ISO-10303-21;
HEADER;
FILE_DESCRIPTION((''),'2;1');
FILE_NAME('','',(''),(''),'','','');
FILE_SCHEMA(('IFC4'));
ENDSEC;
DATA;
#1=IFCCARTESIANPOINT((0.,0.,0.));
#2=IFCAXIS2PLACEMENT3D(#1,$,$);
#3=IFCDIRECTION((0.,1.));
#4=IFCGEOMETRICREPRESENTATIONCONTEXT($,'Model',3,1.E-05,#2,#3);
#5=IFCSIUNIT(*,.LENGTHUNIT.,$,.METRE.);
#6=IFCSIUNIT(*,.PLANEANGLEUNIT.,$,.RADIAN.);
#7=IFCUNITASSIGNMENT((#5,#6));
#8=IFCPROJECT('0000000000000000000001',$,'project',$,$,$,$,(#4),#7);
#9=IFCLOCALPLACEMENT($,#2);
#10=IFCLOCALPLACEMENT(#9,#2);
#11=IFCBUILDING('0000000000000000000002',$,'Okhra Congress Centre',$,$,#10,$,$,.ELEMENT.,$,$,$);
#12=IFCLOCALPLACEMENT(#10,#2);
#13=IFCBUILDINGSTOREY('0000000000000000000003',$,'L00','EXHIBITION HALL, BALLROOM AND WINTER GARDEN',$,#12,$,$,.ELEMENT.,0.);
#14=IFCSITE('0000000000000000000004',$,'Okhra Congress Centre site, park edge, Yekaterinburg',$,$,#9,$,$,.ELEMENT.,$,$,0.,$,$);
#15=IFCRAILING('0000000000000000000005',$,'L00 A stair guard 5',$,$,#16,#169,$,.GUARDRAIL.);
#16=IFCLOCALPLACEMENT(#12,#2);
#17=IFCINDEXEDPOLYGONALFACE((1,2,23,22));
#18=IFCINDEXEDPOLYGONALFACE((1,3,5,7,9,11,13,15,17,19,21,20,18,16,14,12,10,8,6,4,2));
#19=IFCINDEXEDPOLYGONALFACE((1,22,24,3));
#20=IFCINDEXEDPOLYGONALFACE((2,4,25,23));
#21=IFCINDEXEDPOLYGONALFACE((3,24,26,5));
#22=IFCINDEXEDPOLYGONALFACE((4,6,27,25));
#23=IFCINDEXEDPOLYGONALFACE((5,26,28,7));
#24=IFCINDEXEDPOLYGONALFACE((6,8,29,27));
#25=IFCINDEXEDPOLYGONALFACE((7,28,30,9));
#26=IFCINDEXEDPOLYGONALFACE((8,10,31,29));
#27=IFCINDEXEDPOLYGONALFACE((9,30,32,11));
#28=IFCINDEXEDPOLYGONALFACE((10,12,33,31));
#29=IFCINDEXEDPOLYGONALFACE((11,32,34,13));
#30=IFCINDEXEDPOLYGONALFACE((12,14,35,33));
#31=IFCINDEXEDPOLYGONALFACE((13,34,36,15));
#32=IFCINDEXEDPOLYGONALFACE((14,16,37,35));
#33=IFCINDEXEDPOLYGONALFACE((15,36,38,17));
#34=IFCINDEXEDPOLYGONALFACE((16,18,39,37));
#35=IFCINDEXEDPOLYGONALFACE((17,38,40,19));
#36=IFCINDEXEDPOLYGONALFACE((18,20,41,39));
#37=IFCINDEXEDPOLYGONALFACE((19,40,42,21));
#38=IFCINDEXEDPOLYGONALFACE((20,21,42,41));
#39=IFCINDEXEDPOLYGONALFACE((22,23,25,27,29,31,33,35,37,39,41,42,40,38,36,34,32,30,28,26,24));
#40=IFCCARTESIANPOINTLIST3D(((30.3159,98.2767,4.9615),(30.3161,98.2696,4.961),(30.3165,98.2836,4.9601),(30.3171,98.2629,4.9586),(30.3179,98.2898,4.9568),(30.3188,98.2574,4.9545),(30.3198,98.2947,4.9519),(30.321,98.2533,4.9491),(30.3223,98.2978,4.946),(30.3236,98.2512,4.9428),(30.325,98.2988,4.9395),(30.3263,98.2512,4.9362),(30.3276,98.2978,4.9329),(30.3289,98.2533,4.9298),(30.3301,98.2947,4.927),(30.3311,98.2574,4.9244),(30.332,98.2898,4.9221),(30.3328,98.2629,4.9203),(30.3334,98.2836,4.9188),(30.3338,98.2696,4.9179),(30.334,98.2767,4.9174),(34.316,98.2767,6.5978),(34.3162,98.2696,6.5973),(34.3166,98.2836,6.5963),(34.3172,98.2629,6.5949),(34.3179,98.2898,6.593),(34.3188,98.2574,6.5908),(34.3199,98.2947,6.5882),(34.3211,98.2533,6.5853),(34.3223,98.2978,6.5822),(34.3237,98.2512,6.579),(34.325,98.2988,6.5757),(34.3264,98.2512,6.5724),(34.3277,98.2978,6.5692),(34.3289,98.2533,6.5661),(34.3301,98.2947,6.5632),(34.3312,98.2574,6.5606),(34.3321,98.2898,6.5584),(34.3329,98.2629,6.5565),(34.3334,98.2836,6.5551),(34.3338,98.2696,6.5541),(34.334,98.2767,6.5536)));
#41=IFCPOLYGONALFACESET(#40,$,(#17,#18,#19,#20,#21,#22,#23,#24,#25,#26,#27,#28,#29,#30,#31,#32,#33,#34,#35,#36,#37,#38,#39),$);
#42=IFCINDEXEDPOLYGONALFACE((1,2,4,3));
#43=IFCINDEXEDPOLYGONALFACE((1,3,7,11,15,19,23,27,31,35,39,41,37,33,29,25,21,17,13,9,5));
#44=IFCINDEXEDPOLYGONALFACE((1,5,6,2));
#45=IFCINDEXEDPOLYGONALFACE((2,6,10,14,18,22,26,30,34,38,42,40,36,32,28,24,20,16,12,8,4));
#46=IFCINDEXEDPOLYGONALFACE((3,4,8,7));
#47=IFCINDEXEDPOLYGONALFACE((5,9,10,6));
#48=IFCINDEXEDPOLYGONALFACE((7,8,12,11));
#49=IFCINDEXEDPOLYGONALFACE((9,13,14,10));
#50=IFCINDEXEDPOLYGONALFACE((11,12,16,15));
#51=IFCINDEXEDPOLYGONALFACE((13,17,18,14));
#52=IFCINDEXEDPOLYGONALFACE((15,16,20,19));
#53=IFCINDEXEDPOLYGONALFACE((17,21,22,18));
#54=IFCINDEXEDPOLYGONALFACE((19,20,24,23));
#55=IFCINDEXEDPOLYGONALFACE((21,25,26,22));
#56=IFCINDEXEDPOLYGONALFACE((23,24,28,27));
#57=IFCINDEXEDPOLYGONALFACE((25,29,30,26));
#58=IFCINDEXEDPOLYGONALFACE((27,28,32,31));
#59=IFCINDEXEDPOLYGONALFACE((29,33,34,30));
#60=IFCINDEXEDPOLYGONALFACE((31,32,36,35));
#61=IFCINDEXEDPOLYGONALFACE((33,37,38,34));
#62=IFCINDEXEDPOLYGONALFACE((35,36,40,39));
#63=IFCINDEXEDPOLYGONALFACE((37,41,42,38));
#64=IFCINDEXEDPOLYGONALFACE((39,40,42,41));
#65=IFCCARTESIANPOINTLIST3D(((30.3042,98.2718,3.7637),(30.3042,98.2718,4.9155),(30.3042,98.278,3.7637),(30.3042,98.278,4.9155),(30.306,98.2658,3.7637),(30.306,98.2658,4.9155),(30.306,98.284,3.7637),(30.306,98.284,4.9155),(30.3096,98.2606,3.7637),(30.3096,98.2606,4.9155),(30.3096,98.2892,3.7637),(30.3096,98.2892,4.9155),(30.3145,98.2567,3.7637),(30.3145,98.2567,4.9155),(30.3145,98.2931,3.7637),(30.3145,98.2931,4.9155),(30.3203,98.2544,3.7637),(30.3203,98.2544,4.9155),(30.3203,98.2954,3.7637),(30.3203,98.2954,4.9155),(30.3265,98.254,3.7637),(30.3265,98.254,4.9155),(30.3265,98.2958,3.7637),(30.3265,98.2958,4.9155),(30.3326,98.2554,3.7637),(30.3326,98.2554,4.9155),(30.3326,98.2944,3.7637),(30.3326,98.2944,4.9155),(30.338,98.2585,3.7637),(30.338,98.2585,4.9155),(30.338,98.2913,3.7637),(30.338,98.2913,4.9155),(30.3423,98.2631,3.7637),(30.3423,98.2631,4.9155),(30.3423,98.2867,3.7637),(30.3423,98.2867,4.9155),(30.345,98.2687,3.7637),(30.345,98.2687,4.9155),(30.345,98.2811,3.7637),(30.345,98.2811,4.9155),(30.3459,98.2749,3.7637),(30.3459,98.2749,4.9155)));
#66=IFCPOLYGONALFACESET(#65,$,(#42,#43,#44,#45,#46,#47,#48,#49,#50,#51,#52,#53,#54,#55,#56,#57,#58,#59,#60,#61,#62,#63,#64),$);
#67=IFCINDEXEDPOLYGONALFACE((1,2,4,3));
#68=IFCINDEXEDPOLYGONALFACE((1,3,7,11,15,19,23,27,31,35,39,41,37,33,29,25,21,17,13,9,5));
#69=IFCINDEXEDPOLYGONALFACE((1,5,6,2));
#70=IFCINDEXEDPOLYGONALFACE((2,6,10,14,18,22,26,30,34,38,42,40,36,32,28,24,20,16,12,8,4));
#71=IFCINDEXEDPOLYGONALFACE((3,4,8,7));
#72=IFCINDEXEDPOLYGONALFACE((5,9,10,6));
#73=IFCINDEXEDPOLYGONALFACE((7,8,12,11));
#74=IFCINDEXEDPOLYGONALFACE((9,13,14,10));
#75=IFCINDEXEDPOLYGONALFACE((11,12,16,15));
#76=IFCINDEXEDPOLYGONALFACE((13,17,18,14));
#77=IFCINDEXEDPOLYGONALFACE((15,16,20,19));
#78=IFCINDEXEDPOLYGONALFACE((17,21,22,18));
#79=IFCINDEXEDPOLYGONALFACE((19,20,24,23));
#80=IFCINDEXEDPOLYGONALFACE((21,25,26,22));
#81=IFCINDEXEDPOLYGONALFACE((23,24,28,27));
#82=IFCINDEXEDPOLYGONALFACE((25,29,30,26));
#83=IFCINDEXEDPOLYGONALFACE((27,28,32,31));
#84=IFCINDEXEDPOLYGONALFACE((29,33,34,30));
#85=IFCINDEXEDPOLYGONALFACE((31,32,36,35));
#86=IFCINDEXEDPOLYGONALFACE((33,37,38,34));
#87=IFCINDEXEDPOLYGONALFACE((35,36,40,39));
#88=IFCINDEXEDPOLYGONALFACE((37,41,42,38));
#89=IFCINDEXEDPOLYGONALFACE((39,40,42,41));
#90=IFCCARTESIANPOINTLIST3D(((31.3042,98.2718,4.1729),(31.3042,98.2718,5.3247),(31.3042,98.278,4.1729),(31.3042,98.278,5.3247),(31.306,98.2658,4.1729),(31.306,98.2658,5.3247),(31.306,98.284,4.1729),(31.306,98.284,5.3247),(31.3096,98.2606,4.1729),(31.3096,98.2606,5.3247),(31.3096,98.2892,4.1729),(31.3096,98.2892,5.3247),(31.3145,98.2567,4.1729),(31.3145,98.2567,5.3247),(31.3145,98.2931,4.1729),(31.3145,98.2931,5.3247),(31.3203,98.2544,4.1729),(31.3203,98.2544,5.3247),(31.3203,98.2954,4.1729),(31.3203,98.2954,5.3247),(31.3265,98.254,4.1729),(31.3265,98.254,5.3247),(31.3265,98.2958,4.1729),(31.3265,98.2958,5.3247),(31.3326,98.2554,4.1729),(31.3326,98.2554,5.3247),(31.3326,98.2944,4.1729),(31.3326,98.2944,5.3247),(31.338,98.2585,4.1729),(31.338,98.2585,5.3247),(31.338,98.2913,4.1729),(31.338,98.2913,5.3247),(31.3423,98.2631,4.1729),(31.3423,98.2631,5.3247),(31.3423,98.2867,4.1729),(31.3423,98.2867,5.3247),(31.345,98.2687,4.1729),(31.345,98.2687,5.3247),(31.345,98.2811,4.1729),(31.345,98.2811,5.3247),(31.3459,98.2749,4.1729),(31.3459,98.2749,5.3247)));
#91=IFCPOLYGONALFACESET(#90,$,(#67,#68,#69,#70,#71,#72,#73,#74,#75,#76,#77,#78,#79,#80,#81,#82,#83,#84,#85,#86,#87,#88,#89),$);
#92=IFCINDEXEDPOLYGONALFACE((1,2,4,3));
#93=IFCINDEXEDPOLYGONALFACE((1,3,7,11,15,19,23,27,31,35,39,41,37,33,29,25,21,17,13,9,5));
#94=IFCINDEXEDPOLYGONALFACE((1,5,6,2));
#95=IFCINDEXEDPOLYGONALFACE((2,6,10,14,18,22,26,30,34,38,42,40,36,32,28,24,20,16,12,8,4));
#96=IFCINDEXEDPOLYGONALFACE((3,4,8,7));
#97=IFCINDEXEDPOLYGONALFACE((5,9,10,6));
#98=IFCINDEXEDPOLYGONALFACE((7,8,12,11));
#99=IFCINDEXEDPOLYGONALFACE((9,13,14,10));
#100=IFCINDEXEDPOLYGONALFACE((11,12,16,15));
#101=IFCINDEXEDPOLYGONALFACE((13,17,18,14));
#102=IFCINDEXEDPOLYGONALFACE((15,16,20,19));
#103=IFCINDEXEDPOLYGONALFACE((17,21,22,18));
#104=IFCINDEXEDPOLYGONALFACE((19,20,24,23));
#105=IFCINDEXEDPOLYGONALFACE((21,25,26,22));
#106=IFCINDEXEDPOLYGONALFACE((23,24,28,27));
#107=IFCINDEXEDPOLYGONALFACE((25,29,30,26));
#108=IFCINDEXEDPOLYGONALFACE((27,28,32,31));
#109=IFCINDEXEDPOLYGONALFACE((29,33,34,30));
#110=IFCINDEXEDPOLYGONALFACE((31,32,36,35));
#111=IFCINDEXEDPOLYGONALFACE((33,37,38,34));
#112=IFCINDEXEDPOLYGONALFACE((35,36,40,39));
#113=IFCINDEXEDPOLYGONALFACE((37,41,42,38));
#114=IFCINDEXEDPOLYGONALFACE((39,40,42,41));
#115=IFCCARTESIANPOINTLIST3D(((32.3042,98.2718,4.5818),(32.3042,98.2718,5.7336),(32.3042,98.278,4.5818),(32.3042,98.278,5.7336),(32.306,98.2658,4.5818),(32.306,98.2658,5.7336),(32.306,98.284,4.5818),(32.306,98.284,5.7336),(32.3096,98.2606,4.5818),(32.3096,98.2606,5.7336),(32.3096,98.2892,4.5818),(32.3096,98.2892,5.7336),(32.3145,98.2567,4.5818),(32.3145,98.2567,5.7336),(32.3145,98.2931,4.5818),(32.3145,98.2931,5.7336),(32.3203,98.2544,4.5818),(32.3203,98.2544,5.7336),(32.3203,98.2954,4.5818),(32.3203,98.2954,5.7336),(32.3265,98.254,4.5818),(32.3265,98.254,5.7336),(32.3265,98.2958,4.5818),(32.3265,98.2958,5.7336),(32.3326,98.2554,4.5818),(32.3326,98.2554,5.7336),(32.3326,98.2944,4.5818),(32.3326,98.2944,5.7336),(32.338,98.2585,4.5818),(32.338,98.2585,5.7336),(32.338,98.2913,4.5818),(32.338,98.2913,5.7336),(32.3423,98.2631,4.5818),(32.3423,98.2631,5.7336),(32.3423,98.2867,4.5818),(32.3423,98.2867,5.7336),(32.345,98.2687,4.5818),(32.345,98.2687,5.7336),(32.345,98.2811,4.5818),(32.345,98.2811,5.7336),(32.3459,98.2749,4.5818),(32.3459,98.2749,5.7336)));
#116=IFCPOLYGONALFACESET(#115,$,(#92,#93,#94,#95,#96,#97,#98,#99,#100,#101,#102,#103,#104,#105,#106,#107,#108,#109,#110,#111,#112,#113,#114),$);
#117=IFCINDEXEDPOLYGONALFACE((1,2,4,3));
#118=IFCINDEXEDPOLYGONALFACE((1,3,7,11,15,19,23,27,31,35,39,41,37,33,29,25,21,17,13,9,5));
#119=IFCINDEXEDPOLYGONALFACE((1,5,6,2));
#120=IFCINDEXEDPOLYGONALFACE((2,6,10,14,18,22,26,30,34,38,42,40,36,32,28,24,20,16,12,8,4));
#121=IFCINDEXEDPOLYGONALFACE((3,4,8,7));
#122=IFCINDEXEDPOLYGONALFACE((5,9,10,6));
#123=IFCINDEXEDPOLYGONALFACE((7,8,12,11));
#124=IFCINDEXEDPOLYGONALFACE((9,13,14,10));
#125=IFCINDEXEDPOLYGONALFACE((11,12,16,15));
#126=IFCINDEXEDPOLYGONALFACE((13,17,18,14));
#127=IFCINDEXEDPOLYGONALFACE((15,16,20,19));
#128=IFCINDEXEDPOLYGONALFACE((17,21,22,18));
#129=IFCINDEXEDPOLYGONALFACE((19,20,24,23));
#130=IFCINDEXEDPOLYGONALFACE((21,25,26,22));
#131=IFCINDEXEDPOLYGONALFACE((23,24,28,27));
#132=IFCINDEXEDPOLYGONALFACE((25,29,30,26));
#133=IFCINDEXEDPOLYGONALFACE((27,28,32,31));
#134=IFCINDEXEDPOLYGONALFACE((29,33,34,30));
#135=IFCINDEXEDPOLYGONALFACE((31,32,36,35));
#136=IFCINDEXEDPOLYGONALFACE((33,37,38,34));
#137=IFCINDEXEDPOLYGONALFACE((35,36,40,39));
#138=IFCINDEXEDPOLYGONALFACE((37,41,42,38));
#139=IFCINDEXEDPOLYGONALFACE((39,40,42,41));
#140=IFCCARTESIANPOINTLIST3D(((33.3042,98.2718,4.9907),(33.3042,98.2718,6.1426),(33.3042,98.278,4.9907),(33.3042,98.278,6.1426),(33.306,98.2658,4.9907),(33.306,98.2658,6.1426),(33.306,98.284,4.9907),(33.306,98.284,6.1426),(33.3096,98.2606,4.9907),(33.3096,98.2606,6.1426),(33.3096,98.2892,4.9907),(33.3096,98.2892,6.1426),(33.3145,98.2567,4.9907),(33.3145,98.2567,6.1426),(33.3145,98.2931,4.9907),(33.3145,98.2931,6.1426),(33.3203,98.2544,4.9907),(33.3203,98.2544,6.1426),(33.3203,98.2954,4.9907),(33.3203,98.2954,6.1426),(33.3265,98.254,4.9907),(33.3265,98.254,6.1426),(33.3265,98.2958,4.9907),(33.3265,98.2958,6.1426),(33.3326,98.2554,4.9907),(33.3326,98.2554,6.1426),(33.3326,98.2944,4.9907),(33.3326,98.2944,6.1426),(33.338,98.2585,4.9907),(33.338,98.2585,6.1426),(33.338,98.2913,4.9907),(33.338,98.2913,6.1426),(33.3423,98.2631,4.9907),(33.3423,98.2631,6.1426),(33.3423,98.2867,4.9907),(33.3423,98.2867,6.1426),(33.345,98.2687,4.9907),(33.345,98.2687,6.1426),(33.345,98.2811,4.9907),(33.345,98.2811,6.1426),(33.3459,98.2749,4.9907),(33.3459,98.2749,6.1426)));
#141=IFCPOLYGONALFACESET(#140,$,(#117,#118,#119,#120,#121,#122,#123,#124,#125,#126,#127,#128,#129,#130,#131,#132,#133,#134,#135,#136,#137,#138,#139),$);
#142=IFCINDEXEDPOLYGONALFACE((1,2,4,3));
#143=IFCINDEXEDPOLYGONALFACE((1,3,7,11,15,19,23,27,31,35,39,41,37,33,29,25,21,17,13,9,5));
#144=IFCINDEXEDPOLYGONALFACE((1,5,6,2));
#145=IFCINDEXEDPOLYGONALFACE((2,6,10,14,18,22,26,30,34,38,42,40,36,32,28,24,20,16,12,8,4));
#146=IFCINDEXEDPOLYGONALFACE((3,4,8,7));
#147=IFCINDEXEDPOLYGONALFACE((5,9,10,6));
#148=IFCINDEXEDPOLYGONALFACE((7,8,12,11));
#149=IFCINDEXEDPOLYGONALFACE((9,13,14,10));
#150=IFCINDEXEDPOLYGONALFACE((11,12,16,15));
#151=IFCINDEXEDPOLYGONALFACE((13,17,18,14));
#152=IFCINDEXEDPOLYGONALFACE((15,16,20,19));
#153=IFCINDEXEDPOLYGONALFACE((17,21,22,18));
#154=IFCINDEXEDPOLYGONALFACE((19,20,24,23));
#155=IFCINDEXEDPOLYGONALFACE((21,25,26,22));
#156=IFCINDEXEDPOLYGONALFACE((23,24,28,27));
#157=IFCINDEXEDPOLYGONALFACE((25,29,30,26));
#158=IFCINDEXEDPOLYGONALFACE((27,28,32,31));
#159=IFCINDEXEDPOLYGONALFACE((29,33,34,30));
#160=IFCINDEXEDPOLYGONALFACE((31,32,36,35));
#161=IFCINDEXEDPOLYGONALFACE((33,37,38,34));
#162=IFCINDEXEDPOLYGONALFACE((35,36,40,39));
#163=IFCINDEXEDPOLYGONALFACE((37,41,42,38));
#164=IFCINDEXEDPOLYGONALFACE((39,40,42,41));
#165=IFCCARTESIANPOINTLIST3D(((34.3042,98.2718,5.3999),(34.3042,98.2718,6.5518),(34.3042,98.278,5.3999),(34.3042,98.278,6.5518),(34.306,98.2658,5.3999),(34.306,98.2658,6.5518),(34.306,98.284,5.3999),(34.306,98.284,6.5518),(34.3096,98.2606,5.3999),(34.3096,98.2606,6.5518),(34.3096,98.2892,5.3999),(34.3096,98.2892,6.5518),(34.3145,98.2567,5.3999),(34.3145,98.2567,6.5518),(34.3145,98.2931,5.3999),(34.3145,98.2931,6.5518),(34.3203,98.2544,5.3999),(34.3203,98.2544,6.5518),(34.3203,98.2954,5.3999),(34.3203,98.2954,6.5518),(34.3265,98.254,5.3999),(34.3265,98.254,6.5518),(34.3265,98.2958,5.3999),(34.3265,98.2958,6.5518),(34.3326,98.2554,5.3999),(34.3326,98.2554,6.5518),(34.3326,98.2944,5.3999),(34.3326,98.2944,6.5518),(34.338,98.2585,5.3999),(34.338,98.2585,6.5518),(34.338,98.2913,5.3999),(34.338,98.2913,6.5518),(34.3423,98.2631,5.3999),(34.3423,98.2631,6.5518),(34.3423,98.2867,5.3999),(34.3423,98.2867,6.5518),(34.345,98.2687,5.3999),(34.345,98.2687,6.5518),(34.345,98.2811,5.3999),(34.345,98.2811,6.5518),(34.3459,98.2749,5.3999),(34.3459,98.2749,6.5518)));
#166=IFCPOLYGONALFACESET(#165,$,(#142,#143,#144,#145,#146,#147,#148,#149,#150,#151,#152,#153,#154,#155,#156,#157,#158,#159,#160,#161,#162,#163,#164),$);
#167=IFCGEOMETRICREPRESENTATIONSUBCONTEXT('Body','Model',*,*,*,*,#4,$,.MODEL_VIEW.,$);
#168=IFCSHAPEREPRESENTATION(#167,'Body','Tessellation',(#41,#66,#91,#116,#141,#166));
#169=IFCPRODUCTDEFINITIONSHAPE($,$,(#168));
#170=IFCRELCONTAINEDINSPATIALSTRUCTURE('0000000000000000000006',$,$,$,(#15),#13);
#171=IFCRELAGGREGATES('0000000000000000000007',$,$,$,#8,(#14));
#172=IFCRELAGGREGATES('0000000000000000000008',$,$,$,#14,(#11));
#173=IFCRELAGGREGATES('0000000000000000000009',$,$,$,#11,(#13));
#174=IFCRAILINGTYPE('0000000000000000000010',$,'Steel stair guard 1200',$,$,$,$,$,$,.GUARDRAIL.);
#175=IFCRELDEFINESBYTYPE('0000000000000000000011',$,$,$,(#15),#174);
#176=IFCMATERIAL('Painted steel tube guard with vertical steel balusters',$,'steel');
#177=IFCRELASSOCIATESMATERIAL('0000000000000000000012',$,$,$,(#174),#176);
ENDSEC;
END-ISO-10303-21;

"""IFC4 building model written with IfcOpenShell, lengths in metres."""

from ifc_helpers import new_model, si_unit, direction, frame, origin, origin_2d, place, context, subcontext, project, spatial, circle, extrude, material, type_object, element, save


model = new_model("IFC4")

# Units and contexts
model_context = context("Model", 3, precision=1e-05, world=origin(), true_north=direction((0.0, 1.0)))
body_context = subcontext(model_context, "Body", "Model", "MODEL_VIEW")
ifc_project = project(units=[si_unit("LENGTHUNIT", "METRE"), si_unit("PLANEANGLEUNIT", "RADIAN")], contexts=[model_context])

# Site, building, storey
site_placement = place(None, origin())
site = spatial("IfcSite", under=ifc_project, at=site_placement, Name="Okhra Congress Centre site, park edge, Yekaterinburg", CompositionType="ELEMENT", RefElevation=0.0)
building_placement = place(site_placement, origin())
building = spatial("IfcBuilding", under=site, at=building_placement, Name="Okhra Congress Centre", CompositionType="ELEMENT")
storey_placement = place(building_placement, origin())
storey = spatial("IfcBuildingStorey", under=building, at=storey_placement, Name="L00", Description="EXHIBITION HALL, BALLROOM AND WINTER GARDEN", CompositionType="ELEMENT", Elevation=0.0)

# Railing
ifc_material_1 = material(Name="Painted steel tube guard with vertical steel balusters", Category="steel")
railing_type_1 = type_object("IfcRailingType", Name="Steel stair guard 1200", PredefinedType="GUARDRAIL", material=ifc_material_1)
railing_1_placement = place(storey_placement, frame((30.325, 98.2749, 3.7637)))
element("IfcRailing", 1, at=railing_1_placement, inside=storey, type_object=railing_type_1, Name="L00 A stair guard 5", PredefinedType="GUARDRAIL", context=body_context, shape_type="SweptSolid", body=[
    extrude(circle(Radius=0.0239, at=origin_2d()), frame((0.0, 0.0, 1.1758), z_axis=(0.925558, 0.0, 0.378606), x_axis=(0.0, 1.0, 0.0)), (0.0, 0.0, 1.0), 4.3218),
    extrude(circle(Radius=0.021, at=origin_2d()), origin(), (0.0, 0.0, 1.0), 1.1519),
    extrude(circle(Radius=0.021, at=origin_2d()), frame((1.0, 0.0, 0.4092)), (0.0, 0.0, 1.0), 1.1519),
    extrude(circle(Radius=0.021, at=origin_2d()), frame((2.0, 0.0, 0.8181)), (0.0, 0.0, 1.0), 1.1519),
    extrude(circle(Radius=0.021, at=origin_2d()), frame((3.0, 0.0, 1.2271)), (0.0, 0.0, 1.0), 1.1519),
    extrude(circle(Radius=0.021, at=origin_2d()), frame((4.0, 0.0, 1.6362)), (0.0, 0.0, 1.0), 1.1519),
])

save(model, "model.ifc")
